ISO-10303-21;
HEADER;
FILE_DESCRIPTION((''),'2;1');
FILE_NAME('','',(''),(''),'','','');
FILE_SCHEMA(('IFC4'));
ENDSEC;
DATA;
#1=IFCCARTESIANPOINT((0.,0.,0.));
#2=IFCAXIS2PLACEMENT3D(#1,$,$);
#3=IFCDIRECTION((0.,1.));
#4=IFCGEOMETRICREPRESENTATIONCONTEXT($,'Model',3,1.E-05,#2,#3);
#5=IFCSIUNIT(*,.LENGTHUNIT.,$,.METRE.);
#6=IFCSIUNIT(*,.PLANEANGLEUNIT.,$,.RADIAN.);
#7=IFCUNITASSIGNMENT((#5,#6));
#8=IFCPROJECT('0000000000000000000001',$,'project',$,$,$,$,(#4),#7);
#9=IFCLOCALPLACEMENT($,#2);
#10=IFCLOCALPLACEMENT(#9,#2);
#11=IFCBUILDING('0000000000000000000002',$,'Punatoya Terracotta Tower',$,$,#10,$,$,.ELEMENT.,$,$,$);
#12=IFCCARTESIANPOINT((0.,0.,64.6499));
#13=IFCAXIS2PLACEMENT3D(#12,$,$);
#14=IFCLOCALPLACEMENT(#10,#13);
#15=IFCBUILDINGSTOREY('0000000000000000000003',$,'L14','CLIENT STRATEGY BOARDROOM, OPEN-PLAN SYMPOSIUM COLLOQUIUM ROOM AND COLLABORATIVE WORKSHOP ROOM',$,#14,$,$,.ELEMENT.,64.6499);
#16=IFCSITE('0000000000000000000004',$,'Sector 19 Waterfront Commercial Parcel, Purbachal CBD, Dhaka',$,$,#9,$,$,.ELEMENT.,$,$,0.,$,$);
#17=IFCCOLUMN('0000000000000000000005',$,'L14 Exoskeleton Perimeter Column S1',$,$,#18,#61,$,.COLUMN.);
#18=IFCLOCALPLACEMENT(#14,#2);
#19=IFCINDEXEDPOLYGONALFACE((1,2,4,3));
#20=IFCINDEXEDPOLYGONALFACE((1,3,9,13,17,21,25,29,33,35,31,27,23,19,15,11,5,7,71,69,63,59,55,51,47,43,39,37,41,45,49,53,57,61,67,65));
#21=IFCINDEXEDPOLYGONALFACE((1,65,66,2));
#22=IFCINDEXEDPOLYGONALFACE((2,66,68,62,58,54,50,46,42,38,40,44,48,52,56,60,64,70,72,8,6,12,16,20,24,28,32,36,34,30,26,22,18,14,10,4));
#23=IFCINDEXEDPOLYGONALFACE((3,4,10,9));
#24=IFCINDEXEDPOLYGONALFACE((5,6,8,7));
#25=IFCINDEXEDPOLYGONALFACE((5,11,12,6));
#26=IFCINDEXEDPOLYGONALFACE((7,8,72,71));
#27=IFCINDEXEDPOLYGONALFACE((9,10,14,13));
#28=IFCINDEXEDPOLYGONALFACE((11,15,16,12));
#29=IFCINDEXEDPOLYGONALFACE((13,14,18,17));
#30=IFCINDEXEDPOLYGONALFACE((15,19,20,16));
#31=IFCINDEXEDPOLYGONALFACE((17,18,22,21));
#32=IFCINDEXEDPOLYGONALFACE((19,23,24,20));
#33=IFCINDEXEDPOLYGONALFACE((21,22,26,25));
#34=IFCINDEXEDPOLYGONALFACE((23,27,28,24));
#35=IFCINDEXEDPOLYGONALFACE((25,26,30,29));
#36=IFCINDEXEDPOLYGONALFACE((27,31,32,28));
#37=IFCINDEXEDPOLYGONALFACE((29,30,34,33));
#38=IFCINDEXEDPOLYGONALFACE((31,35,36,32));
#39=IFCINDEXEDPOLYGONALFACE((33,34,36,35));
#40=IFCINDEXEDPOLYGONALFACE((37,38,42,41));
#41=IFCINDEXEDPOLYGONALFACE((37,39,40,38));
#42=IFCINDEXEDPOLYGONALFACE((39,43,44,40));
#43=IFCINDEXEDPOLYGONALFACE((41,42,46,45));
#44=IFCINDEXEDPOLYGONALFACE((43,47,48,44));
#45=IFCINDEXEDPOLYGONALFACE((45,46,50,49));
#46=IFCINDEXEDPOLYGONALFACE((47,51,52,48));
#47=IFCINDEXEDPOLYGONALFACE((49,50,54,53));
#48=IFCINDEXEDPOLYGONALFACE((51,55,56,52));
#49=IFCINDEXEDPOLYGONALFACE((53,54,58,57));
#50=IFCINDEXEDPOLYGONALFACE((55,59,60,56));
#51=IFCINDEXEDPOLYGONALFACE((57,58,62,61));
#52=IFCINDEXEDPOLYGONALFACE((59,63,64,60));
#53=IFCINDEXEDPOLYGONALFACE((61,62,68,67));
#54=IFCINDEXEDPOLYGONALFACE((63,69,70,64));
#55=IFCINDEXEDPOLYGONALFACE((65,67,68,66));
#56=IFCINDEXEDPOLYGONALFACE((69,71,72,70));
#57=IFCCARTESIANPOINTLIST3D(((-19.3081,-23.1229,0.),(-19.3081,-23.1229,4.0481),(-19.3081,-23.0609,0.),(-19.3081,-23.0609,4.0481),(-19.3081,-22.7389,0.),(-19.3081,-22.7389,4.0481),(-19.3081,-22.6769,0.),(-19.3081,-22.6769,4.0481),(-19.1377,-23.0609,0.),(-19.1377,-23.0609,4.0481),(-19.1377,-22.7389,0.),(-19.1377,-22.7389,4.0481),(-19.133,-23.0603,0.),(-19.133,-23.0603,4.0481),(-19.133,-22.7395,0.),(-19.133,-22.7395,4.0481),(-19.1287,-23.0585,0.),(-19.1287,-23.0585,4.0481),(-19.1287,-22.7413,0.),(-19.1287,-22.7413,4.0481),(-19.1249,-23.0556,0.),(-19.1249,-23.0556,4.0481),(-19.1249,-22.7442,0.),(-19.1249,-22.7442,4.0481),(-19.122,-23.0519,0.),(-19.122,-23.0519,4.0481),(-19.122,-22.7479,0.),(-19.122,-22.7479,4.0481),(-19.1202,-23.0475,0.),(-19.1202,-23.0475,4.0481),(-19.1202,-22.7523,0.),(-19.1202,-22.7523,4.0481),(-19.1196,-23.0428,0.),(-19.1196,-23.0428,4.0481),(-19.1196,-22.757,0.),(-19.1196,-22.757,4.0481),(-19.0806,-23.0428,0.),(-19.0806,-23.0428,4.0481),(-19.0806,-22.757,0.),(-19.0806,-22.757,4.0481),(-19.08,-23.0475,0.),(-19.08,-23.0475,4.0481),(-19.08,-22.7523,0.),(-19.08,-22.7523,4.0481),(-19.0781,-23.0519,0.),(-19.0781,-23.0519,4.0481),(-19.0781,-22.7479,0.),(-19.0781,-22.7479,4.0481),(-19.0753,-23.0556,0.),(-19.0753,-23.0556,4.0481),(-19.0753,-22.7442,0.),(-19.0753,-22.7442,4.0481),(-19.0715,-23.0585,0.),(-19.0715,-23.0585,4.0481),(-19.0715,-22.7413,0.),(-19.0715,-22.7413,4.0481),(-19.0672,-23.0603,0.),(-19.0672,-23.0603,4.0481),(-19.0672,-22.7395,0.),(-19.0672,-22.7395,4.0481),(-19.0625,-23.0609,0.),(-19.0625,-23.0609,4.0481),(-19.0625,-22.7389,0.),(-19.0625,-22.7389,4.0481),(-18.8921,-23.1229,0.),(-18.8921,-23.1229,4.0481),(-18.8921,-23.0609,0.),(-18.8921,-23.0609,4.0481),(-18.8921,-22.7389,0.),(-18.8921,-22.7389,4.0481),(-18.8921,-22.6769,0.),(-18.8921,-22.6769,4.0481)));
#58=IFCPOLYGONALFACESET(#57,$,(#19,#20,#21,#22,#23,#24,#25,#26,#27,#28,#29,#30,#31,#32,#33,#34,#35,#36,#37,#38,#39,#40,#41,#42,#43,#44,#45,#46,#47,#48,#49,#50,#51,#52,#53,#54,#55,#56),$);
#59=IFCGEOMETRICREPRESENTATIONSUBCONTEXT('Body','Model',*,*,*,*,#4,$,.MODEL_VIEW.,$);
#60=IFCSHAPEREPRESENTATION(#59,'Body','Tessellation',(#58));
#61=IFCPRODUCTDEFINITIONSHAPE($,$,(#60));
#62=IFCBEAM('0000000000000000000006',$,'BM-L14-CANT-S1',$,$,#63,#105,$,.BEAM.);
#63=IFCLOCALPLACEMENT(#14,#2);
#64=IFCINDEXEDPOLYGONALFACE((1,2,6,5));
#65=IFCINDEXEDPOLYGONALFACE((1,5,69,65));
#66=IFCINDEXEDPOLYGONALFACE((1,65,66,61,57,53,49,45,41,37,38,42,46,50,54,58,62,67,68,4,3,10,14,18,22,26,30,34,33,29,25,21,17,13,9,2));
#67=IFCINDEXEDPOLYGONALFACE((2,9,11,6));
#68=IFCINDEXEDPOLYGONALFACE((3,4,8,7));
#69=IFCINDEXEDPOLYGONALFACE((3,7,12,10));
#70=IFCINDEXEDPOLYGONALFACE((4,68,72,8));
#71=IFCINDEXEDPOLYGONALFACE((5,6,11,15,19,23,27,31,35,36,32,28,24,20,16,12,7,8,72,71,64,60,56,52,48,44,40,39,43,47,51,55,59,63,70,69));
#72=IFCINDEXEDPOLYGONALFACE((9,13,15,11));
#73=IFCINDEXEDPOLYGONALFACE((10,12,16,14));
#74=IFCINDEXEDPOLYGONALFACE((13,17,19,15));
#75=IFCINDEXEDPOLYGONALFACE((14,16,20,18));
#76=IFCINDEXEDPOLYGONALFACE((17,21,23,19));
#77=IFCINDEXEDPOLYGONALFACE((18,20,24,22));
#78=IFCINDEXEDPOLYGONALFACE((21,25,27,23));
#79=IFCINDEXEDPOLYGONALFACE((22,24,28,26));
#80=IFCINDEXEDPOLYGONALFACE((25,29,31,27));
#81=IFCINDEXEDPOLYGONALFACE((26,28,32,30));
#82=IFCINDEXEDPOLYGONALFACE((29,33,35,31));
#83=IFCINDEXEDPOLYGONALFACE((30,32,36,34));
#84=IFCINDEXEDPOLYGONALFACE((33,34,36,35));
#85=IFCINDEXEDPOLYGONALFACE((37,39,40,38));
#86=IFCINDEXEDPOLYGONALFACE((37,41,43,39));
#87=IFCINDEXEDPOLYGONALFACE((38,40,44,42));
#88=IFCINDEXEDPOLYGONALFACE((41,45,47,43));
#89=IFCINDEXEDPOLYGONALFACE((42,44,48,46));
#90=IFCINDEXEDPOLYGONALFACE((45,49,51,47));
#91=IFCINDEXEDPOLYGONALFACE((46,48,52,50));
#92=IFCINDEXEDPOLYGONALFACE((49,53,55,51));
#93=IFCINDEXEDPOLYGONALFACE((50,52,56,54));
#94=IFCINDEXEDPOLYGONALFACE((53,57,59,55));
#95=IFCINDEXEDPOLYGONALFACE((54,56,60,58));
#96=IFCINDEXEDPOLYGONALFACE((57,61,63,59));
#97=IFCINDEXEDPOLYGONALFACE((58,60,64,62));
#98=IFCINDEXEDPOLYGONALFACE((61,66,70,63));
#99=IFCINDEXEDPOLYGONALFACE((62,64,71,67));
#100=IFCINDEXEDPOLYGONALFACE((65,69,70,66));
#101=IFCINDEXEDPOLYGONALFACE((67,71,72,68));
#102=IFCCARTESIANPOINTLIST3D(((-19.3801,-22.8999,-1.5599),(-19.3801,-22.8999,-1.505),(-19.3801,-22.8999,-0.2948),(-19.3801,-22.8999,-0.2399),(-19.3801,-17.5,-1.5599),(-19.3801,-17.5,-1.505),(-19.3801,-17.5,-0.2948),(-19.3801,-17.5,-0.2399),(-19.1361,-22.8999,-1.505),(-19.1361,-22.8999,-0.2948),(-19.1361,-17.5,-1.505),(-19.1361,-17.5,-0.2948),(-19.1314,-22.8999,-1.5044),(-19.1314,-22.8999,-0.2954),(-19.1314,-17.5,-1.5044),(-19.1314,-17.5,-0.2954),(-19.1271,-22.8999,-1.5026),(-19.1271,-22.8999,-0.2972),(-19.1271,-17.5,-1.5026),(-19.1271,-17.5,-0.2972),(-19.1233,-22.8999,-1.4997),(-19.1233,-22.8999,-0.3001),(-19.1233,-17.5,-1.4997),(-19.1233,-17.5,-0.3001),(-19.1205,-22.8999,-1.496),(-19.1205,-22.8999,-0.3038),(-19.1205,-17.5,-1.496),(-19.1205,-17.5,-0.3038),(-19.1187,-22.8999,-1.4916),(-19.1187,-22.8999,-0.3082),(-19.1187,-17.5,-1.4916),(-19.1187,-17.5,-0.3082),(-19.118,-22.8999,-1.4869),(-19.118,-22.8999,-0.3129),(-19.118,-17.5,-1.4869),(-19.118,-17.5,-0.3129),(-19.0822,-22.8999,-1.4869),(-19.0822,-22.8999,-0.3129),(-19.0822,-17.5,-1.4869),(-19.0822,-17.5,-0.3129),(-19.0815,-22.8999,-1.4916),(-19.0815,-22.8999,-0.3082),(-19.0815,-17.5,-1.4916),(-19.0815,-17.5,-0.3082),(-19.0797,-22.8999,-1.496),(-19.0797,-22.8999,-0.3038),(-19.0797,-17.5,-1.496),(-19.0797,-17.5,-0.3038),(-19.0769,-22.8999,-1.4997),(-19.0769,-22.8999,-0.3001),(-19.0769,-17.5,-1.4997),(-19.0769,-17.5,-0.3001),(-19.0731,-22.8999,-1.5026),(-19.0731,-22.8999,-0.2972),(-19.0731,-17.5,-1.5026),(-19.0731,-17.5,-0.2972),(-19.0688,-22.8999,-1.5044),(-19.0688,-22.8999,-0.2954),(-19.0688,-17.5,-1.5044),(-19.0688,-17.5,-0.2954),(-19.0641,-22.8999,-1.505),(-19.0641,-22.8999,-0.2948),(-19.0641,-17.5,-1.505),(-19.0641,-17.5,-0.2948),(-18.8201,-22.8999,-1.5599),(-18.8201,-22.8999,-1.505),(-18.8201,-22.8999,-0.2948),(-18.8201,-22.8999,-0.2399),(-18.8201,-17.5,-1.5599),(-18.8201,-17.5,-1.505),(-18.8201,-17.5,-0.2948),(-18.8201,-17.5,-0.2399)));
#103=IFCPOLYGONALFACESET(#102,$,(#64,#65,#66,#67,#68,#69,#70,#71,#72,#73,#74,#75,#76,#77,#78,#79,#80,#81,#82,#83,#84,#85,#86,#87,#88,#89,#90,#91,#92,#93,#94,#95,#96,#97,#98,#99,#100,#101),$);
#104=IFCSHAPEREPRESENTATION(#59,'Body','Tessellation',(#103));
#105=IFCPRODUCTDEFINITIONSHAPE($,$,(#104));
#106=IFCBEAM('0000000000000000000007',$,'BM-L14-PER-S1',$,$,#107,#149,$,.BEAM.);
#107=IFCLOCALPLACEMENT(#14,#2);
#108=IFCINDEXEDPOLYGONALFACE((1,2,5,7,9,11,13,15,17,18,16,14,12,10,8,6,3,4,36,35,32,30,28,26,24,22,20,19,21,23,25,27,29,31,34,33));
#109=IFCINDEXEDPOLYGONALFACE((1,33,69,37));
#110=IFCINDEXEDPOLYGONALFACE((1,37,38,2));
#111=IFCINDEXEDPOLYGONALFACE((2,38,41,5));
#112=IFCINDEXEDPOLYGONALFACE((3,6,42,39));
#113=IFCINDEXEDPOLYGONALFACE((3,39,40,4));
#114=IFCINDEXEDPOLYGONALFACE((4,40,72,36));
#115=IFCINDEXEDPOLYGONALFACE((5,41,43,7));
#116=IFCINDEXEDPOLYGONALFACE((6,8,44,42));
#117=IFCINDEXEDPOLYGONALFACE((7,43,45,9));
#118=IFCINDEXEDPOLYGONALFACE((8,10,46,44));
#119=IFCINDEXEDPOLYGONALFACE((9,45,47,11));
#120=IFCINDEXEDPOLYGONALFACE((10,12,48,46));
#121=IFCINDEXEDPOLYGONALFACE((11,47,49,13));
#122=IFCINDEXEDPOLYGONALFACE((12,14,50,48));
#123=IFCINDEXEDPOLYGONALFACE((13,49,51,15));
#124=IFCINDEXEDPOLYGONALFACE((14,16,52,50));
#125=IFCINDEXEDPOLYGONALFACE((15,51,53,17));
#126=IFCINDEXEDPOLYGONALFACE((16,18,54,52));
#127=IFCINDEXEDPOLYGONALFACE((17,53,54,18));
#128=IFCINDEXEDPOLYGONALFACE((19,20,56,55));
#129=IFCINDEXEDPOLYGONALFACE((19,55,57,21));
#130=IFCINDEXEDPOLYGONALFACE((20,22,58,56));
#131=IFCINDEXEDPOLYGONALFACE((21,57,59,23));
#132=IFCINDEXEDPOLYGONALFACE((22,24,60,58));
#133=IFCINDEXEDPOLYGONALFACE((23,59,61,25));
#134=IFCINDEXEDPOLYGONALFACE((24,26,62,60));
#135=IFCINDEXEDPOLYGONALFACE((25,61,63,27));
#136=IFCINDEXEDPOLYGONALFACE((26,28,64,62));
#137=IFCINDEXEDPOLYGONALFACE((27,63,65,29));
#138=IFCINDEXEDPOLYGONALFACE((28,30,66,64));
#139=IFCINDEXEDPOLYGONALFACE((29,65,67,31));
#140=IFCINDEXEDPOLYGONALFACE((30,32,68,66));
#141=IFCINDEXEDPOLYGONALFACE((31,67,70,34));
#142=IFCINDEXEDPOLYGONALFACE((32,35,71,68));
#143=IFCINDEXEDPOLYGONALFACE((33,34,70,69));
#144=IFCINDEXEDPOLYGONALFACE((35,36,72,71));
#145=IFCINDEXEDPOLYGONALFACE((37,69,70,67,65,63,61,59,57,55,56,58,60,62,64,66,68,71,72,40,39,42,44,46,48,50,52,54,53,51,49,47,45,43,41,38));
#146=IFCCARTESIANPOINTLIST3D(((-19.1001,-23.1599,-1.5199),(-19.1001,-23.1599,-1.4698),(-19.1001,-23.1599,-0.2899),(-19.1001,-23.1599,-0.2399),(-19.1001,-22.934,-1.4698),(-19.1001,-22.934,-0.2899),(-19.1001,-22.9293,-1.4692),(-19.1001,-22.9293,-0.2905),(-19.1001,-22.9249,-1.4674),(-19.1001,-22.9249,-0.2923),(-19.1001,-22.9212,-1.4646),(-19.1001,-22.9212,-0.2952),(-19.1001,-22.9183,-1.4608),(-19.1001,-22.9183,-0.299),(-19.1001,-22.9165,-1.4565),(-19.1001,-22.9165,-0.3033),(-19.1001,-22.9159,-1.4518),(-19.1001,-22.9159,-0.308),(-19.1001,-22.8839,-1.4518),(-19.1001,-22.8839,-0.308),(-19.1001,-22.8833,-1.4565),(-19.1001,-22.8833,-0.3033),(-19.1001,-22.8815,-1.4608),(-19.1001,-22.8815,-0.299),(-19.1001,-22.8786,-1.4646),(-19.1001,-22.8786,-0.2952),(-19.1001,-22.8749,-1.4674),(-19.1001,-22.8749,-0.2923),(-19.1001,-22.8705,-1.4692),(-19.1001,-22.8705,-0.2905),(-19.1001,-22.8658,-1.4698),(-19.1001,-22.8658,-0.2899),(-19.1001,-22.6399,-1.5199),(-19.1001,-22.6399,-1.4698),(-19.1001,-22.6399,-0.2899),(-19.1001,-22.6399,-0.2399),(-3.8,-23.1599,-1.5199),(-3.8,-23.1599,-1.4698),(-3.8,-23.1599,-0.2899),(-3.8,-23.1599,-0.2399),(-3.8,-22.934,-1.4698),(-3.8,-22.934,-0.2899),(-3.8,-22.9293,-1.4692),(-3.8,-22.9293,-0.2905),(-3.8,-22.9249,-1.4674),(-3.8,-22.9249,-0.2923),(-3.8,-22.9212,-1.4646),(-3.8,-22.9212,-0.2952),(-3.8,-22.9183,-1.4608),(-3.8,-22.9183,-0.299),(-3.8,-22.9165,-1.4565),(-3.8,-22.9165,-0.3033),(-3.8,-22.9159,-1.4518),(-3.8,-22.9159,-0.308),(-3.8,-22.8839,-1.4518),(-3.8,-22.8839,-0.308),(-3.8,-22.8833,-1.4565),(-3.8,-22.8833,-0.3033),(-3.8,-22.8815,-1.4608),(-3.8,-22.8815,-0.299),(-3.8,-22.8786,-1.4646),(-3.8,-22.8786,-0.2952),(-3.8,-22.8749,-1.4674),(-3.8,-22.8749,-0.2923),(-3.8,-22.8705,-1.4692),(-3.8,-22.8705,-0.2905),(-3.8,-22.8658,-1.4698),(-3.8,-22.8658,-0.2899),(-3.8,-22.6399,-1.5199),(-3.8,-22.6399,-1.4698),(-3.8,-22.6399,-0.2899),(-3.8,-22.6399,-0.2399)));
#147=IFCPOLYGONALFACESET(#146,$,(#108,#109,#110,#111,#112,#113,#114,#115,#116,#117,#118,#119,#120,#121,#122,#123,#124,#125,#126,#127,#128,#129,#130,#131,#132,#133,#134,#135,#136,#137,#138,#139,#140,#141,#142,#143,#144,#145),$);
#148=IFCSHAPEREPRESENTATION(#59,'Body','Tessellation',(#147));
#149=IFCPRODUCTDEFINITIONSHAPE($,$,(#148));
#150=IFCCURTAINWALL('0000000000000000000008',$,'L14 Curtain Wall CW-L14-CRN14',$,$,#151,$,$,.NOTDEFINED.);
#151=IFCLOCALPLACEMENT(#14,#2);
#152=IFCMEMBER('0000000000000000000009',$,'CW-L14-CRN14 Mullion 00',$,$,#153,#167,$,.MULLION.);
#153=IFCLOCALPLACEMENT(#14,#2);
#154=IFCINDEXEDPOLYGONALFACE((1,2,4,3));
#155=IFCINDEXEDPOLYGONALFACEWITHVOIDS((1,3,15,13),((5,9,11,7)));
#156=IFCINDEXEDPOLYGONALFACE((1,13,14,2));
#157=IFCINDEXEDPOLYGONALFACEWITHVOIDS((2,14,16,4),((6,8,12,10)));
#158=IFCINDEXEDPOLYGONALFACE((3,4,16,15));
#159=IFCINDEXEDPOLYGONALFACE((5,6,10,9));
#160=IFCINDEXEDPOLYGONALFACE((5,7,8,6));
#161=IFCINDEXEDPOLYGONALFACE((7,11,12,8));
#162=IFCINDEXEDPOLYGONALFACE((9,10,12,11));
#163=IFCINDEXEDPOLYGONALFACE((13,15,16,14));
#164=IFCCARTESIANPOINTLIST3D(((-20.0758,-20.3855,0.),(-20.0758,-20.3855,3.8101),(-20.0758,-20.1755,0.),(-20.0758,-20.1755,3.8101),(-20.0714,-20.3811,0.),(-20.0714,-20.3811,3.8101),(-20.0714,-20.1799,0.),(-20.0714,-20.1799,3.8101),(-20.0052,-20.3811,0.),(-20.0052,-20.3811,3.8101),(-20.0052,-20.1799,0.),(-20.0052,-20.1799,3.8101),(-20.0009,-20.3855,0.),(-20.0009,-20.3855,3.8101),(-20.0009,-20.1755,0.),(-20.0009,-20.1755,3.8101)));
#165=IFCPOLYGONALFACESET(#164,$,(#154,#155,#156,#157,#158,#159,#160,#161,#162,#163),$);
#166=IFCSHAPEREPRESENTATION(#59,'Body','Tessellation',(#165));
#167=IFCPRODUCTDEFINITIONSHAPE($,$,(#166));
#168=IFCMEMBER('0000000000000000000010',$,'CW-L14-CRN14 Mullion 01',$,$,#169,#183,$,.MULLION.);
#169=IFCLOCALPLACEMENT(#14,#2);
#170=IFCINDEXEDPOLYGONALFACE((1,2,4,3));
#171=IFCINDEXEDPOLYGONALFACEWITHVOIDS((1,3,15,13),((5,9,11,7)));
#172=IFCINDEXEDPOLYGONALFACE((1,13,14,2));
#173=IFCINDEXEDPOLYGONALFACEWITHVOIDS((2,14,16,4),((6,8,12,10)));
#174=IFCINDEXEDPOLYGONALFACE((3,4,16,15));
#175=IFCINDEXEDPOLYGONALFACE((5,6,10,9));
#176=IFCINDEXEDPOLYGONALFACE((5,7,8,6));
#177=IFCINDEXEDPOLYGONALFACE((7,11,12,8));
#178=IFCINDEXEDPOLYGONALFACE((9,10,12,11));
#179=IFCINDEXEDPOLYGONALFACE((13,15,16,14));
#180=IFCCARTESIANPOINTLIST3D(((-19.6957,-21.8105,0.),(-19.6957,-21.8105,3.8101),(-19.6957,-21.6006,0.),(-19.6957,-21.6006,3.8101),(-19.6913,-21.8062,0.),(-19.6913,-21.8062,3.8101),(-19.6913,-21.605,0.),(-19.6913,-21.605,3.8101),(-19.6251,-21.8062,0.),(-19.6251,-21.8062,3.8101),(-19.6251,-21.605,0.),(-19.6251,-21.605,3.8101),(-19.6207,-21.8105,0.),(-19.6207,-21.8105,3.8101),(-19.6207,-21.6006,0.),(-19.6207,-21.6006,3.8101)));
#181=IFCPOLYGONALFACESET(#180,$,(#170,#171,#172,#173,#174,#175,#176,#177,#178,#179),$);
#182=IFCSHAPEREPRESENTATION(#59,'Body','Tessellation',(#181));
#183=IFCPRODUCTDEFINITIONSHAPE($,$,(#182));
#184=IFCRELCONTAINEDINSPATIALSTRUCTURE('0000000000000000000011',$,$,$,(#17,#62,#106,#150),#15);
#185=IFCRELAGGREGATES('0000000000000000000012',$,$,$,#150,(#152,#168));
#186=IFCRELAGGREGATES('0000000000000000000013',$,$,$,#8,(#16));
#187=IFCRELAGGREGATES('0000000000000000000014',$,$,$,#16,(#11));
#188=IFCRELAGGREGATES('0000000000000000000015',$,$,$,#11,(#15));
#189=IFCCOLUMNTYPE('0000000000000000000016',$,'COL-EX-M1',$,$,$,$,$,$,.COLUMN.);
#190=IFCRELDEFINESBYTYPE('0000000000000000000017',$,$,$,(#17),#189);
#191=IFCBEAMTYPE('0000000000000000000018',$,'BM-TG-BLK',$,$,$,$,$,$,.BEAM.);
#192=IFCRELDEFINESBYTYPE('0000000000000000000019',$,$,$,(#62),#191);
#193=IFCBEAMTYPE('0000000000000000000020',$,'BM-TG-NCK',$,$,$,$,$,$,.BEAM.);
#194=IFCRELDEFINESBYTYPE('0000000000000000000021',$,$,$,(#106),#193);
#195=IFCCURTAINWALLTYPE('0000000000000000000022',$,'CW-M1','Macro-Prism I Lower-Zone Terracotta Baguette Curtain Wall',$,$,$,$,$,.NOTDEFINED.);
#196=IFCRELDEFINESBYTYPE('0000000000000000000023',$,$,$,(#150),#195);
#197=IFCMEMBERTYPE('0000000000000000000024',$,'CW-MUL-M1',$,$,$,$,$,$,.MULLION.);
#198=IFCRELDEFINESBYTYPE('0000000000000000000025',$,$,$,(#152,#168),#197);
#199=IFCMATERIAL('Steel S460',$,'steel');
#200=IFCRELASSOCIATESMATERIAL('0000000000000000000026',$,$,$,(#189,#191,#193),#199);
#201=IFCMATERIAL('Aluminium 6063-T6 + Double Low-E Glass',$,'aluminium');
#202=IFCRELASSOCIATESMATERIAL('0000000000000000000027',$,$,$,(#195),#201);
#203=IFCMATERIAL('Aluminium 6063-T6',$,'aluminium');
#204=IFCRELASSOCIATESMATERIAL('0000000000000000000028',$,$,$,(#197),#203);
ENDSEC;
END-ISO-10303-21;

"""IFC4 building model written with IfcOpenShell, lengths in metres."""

from ifc_helpers import new_model, si_unit, direction, frame, origin, origin_2d, place, context, subcontext, project, spatial, hollow_rectangle, i_section, extrude, material, material_profile, profile_set, type_object, element, aggregate, save


model = new_model("IFC4")

# Units and contexts
model_context = context("Model", 3, precision=1e-05, world=origin(), true_north=direction((0.0, 1.0)))
body_context = subcontext(model_context, "Body", "Model", "MODEL_VIEW")
ifc_project = project(units=[si_unit("LENGTHUNIT", "METRE"), si_unit("PLANEANGLEUNIT", "RADIAN")], contexts=[model_context])

# Site, building, storey
site_placement = place(None, origin())
site = spatial("IfcSite", under=ifc_project, at=site_placement, Name="Sector 19 Waterfront Commercial Parcel, Purbachal CBD, Dhaka", CompositionType="ELEMENT", RefElevation=0.0)
building_placement = place(site_placement, origin())
building = spatial("IfcBuilding", under=site, at=building_placement, Name="Punatoya Terracotta Tower", CompositionType="ELEMENT")
storey_placement = place(building_placement, frame((0.0, 0.0, 64.6499)))
storey = spatial("IfcBuildingStorey", under=building, at=storey_placement, Name="L14", Description="CLIENT STRATEGY BOARDROOM, OPEN-PLAN SYMPOSIUM COLLOQUIUM ROOM AND COLLABORATIVE WORKSHOP ROOM", CompositionType="ELEMENT", Elevation=64.6499)

# Column
ifc_material_1 = material(Name="Steel S460", Category="steel")
ifc_material_profile_1 = material_profile(ifc_material_1, i_section(OverallWidth=0.416, OverallDepth=0.446, WebThickness=0.0391, FlangeThickness=0.062, FilletRadius=0.0181, at=origin_2d()))
ifc_profile_set_1 = profile_set([ifc_material_profile_1], Name="Steel S460")
column_type = type_object("IfcColumnType", Name="COL-EX-M1", PredefinedType="COLUMN", material=ifc_profile_set_1)
column_placement = place(storey_placement, frame((-19.1001, -22.8999, 0.0), z_axis=(0.0, 0.0, 1.0), x_axis=(1.0, 0.0, 0.0)))
element("IfcColumn", 1, at=column_placement, inside=storey, type_object=column_type, Name="L14 Exoskeleton Perimeter Column S1", PredefinedType="COLUMN", context=body_context, shape_type="SweptSolid", body=[
    extrude(i_section(OverallWidth=0.416, OverallDepth=0.446, WebThickness=0.0391, FlangeThickness=0.062, FilletRadius=0.0181, at=origin_2d()), origin(), (0.0, 0.0, 1.0), 4.0481),
])

# Beams
ifc_material_profile_2 = material_profile(ifc_material_1, i_section(OverallWidth=0.5601, OverallDepth=1.3201, WebThickness=0.0359, FlangeThickness=0.0549, FilletRadius=0.0181, at=origin_2d()))
ifc_profile_set_2 = profile_set([ifc_material_profile_2], Name="Steel S460")
beam_type_1 = type_object("IfcBeamType", Name="BM-TG-BLK", PredefinedType="BEAM", material=ifc_profile_set_2)
beam_1_placement = place(storey_placement, frame((-19.1001, -22.8999, -0.8999), z_axis=(0.0, 1.0, 0.0), x_axis=(-1.0, 0.0, 0.0)))
element("IfcBeam", 2, at=beam_1_placement, inside=storey, type_object=beam_type_1, Name="BM-L14-CANT-S1", PredefinedType="BEAM", context=body_context, shape_type="SweptSolid", body=[
    extrude(i_section(OverallWidth=0.5601, OverallDepth=1.3201, WebThickness=0.0359, FlangeThickness=0.0549, FilletRadius=0.0181, at=origin_2d()), origin(), (0.0, 0.0, 1.0), 5.3999),
])
ifc_material_profile_3 = material_profile(ifc_material_1, i_section(OverallWidth=0.52, OverallDepth=1.28, WebThickness=0.032, FlangeThickness=0.05, FilletRadius=0.0181, at=origin_2d()))
ifc_profile_set_3 = profile_set([ifc_material_profile_3], Name="Steel S460")
beam_type_2 = type_object("IfcBeamType", Name="BM-TG-NCK", PredefinedType="BEAM", material=ifc_profile_set_3)
beam_2_placement = place(storey_placement, frame((-19.1001, -22.8999, -0.8799), z_axis=(1.0, 0.0, 0.0), x_axis=(0.0, 1.0, 0.0)))
element("IfcBeam", 3, at=beam_2_placement, inside=storey, type_object=beam_type_2, Name="BM-L14-PER-S1", PredefinedType="BEAM", context=body_context, shape_type="SweptSolid", body=[
    extrude(i_section(OverallWidth=0.52, OverallDepth=1.28, WebThickness=0.032, FlangeThickness=0.05, FilletRadius=0.0181, at=origin_2d()), origin(), (0.0, 0.0, 1.0), 15.3),
])

# Curtain wall, members
ifc_material_2 = material(Name="Aluminium 6063-T6 + Double Low-E Glass", Category="aluminium")
curtain_wall_type = type_object("IfcCurtainWallType", Name="CW-M1", Description="Macro-Prism I Lower-Zone Terracotta Baguette Curtain Wall", PredefinedType="NOTDEFINED", material=ifc_material_2)
curtain_wall_1_placement = place(storey_placement, origin())
curtain_wall_1 = element("IfcCurtainWall", 4, at=curtain_wall_1_placement, inside=storey, type_object=curtain_wall_type, Name="L14 Curtain Wall CW-L14-CRN14", PredefinedType="NOTDEFINED")
ifc_material_3 = material(Name="Aluminium 6063-T6", Category="aluminium")
ifc_material_profile_4 = material_profile(ifc_material_3, hollow_rectangle(XDim=0.075, YDim=0.21, WallThickness=0.0044, at=origin_2d()))
ifc_profile_set_4 = profile_set([ifc_material_profile_4], Name="Aluminium 6063-T6")
member_type_1 = type_object("IfcMemberType", Name="CW-MUL-M1", PredefinedType="MULLION", material=ifc_profile_set_4)
member_1_placement = place(storey_placement, frame((-20.0383, -20.2805, 0.0), z_axis=(0.0, 0.0, 1.0), x_axis=(1.0, 0.0, 0.0)))
member_1 = element("IfcMember", 5, at=member_1_placement, type_object=member_type_1, Name="CW-L14-CRN14 Mullion 00", PredefinedType="MULLION", context=body_context, shape_type="SweptSolid", body=[
    extrude(hollow_rectangle(XDim=0.075, YDim=0.21, WallThickness=0.0044, at=origin_2d()), origin(), (0.0, 0.0, 1.0), 3.8101),
])
member_2_placement = place(storey_placement, frame((-19.6582, -21.7056, 0.0), z_axis=(0.0, 0.0, 1.0), x_axis=(1.0, 0.0, 0.0)))
member_2 = element("IfcMember", 6, at=member_2_placement, type_object=member_type_1, Name="CW-L14-CRN14 Mullion 01", PredefinedType="MULLION", context=body_context, shape_type="SweptSolid", body=[
    extrude(hollow_rectangle(XDim=0.075, YDim=0.21, WallThickness=0.0044, at=origin_2d()), origin(), (0.0, 0.0, 1.0), 3.8101),
])

aggregate(curtain_wall_1, [member_1, member_2])

save(model, "model.ifc")
